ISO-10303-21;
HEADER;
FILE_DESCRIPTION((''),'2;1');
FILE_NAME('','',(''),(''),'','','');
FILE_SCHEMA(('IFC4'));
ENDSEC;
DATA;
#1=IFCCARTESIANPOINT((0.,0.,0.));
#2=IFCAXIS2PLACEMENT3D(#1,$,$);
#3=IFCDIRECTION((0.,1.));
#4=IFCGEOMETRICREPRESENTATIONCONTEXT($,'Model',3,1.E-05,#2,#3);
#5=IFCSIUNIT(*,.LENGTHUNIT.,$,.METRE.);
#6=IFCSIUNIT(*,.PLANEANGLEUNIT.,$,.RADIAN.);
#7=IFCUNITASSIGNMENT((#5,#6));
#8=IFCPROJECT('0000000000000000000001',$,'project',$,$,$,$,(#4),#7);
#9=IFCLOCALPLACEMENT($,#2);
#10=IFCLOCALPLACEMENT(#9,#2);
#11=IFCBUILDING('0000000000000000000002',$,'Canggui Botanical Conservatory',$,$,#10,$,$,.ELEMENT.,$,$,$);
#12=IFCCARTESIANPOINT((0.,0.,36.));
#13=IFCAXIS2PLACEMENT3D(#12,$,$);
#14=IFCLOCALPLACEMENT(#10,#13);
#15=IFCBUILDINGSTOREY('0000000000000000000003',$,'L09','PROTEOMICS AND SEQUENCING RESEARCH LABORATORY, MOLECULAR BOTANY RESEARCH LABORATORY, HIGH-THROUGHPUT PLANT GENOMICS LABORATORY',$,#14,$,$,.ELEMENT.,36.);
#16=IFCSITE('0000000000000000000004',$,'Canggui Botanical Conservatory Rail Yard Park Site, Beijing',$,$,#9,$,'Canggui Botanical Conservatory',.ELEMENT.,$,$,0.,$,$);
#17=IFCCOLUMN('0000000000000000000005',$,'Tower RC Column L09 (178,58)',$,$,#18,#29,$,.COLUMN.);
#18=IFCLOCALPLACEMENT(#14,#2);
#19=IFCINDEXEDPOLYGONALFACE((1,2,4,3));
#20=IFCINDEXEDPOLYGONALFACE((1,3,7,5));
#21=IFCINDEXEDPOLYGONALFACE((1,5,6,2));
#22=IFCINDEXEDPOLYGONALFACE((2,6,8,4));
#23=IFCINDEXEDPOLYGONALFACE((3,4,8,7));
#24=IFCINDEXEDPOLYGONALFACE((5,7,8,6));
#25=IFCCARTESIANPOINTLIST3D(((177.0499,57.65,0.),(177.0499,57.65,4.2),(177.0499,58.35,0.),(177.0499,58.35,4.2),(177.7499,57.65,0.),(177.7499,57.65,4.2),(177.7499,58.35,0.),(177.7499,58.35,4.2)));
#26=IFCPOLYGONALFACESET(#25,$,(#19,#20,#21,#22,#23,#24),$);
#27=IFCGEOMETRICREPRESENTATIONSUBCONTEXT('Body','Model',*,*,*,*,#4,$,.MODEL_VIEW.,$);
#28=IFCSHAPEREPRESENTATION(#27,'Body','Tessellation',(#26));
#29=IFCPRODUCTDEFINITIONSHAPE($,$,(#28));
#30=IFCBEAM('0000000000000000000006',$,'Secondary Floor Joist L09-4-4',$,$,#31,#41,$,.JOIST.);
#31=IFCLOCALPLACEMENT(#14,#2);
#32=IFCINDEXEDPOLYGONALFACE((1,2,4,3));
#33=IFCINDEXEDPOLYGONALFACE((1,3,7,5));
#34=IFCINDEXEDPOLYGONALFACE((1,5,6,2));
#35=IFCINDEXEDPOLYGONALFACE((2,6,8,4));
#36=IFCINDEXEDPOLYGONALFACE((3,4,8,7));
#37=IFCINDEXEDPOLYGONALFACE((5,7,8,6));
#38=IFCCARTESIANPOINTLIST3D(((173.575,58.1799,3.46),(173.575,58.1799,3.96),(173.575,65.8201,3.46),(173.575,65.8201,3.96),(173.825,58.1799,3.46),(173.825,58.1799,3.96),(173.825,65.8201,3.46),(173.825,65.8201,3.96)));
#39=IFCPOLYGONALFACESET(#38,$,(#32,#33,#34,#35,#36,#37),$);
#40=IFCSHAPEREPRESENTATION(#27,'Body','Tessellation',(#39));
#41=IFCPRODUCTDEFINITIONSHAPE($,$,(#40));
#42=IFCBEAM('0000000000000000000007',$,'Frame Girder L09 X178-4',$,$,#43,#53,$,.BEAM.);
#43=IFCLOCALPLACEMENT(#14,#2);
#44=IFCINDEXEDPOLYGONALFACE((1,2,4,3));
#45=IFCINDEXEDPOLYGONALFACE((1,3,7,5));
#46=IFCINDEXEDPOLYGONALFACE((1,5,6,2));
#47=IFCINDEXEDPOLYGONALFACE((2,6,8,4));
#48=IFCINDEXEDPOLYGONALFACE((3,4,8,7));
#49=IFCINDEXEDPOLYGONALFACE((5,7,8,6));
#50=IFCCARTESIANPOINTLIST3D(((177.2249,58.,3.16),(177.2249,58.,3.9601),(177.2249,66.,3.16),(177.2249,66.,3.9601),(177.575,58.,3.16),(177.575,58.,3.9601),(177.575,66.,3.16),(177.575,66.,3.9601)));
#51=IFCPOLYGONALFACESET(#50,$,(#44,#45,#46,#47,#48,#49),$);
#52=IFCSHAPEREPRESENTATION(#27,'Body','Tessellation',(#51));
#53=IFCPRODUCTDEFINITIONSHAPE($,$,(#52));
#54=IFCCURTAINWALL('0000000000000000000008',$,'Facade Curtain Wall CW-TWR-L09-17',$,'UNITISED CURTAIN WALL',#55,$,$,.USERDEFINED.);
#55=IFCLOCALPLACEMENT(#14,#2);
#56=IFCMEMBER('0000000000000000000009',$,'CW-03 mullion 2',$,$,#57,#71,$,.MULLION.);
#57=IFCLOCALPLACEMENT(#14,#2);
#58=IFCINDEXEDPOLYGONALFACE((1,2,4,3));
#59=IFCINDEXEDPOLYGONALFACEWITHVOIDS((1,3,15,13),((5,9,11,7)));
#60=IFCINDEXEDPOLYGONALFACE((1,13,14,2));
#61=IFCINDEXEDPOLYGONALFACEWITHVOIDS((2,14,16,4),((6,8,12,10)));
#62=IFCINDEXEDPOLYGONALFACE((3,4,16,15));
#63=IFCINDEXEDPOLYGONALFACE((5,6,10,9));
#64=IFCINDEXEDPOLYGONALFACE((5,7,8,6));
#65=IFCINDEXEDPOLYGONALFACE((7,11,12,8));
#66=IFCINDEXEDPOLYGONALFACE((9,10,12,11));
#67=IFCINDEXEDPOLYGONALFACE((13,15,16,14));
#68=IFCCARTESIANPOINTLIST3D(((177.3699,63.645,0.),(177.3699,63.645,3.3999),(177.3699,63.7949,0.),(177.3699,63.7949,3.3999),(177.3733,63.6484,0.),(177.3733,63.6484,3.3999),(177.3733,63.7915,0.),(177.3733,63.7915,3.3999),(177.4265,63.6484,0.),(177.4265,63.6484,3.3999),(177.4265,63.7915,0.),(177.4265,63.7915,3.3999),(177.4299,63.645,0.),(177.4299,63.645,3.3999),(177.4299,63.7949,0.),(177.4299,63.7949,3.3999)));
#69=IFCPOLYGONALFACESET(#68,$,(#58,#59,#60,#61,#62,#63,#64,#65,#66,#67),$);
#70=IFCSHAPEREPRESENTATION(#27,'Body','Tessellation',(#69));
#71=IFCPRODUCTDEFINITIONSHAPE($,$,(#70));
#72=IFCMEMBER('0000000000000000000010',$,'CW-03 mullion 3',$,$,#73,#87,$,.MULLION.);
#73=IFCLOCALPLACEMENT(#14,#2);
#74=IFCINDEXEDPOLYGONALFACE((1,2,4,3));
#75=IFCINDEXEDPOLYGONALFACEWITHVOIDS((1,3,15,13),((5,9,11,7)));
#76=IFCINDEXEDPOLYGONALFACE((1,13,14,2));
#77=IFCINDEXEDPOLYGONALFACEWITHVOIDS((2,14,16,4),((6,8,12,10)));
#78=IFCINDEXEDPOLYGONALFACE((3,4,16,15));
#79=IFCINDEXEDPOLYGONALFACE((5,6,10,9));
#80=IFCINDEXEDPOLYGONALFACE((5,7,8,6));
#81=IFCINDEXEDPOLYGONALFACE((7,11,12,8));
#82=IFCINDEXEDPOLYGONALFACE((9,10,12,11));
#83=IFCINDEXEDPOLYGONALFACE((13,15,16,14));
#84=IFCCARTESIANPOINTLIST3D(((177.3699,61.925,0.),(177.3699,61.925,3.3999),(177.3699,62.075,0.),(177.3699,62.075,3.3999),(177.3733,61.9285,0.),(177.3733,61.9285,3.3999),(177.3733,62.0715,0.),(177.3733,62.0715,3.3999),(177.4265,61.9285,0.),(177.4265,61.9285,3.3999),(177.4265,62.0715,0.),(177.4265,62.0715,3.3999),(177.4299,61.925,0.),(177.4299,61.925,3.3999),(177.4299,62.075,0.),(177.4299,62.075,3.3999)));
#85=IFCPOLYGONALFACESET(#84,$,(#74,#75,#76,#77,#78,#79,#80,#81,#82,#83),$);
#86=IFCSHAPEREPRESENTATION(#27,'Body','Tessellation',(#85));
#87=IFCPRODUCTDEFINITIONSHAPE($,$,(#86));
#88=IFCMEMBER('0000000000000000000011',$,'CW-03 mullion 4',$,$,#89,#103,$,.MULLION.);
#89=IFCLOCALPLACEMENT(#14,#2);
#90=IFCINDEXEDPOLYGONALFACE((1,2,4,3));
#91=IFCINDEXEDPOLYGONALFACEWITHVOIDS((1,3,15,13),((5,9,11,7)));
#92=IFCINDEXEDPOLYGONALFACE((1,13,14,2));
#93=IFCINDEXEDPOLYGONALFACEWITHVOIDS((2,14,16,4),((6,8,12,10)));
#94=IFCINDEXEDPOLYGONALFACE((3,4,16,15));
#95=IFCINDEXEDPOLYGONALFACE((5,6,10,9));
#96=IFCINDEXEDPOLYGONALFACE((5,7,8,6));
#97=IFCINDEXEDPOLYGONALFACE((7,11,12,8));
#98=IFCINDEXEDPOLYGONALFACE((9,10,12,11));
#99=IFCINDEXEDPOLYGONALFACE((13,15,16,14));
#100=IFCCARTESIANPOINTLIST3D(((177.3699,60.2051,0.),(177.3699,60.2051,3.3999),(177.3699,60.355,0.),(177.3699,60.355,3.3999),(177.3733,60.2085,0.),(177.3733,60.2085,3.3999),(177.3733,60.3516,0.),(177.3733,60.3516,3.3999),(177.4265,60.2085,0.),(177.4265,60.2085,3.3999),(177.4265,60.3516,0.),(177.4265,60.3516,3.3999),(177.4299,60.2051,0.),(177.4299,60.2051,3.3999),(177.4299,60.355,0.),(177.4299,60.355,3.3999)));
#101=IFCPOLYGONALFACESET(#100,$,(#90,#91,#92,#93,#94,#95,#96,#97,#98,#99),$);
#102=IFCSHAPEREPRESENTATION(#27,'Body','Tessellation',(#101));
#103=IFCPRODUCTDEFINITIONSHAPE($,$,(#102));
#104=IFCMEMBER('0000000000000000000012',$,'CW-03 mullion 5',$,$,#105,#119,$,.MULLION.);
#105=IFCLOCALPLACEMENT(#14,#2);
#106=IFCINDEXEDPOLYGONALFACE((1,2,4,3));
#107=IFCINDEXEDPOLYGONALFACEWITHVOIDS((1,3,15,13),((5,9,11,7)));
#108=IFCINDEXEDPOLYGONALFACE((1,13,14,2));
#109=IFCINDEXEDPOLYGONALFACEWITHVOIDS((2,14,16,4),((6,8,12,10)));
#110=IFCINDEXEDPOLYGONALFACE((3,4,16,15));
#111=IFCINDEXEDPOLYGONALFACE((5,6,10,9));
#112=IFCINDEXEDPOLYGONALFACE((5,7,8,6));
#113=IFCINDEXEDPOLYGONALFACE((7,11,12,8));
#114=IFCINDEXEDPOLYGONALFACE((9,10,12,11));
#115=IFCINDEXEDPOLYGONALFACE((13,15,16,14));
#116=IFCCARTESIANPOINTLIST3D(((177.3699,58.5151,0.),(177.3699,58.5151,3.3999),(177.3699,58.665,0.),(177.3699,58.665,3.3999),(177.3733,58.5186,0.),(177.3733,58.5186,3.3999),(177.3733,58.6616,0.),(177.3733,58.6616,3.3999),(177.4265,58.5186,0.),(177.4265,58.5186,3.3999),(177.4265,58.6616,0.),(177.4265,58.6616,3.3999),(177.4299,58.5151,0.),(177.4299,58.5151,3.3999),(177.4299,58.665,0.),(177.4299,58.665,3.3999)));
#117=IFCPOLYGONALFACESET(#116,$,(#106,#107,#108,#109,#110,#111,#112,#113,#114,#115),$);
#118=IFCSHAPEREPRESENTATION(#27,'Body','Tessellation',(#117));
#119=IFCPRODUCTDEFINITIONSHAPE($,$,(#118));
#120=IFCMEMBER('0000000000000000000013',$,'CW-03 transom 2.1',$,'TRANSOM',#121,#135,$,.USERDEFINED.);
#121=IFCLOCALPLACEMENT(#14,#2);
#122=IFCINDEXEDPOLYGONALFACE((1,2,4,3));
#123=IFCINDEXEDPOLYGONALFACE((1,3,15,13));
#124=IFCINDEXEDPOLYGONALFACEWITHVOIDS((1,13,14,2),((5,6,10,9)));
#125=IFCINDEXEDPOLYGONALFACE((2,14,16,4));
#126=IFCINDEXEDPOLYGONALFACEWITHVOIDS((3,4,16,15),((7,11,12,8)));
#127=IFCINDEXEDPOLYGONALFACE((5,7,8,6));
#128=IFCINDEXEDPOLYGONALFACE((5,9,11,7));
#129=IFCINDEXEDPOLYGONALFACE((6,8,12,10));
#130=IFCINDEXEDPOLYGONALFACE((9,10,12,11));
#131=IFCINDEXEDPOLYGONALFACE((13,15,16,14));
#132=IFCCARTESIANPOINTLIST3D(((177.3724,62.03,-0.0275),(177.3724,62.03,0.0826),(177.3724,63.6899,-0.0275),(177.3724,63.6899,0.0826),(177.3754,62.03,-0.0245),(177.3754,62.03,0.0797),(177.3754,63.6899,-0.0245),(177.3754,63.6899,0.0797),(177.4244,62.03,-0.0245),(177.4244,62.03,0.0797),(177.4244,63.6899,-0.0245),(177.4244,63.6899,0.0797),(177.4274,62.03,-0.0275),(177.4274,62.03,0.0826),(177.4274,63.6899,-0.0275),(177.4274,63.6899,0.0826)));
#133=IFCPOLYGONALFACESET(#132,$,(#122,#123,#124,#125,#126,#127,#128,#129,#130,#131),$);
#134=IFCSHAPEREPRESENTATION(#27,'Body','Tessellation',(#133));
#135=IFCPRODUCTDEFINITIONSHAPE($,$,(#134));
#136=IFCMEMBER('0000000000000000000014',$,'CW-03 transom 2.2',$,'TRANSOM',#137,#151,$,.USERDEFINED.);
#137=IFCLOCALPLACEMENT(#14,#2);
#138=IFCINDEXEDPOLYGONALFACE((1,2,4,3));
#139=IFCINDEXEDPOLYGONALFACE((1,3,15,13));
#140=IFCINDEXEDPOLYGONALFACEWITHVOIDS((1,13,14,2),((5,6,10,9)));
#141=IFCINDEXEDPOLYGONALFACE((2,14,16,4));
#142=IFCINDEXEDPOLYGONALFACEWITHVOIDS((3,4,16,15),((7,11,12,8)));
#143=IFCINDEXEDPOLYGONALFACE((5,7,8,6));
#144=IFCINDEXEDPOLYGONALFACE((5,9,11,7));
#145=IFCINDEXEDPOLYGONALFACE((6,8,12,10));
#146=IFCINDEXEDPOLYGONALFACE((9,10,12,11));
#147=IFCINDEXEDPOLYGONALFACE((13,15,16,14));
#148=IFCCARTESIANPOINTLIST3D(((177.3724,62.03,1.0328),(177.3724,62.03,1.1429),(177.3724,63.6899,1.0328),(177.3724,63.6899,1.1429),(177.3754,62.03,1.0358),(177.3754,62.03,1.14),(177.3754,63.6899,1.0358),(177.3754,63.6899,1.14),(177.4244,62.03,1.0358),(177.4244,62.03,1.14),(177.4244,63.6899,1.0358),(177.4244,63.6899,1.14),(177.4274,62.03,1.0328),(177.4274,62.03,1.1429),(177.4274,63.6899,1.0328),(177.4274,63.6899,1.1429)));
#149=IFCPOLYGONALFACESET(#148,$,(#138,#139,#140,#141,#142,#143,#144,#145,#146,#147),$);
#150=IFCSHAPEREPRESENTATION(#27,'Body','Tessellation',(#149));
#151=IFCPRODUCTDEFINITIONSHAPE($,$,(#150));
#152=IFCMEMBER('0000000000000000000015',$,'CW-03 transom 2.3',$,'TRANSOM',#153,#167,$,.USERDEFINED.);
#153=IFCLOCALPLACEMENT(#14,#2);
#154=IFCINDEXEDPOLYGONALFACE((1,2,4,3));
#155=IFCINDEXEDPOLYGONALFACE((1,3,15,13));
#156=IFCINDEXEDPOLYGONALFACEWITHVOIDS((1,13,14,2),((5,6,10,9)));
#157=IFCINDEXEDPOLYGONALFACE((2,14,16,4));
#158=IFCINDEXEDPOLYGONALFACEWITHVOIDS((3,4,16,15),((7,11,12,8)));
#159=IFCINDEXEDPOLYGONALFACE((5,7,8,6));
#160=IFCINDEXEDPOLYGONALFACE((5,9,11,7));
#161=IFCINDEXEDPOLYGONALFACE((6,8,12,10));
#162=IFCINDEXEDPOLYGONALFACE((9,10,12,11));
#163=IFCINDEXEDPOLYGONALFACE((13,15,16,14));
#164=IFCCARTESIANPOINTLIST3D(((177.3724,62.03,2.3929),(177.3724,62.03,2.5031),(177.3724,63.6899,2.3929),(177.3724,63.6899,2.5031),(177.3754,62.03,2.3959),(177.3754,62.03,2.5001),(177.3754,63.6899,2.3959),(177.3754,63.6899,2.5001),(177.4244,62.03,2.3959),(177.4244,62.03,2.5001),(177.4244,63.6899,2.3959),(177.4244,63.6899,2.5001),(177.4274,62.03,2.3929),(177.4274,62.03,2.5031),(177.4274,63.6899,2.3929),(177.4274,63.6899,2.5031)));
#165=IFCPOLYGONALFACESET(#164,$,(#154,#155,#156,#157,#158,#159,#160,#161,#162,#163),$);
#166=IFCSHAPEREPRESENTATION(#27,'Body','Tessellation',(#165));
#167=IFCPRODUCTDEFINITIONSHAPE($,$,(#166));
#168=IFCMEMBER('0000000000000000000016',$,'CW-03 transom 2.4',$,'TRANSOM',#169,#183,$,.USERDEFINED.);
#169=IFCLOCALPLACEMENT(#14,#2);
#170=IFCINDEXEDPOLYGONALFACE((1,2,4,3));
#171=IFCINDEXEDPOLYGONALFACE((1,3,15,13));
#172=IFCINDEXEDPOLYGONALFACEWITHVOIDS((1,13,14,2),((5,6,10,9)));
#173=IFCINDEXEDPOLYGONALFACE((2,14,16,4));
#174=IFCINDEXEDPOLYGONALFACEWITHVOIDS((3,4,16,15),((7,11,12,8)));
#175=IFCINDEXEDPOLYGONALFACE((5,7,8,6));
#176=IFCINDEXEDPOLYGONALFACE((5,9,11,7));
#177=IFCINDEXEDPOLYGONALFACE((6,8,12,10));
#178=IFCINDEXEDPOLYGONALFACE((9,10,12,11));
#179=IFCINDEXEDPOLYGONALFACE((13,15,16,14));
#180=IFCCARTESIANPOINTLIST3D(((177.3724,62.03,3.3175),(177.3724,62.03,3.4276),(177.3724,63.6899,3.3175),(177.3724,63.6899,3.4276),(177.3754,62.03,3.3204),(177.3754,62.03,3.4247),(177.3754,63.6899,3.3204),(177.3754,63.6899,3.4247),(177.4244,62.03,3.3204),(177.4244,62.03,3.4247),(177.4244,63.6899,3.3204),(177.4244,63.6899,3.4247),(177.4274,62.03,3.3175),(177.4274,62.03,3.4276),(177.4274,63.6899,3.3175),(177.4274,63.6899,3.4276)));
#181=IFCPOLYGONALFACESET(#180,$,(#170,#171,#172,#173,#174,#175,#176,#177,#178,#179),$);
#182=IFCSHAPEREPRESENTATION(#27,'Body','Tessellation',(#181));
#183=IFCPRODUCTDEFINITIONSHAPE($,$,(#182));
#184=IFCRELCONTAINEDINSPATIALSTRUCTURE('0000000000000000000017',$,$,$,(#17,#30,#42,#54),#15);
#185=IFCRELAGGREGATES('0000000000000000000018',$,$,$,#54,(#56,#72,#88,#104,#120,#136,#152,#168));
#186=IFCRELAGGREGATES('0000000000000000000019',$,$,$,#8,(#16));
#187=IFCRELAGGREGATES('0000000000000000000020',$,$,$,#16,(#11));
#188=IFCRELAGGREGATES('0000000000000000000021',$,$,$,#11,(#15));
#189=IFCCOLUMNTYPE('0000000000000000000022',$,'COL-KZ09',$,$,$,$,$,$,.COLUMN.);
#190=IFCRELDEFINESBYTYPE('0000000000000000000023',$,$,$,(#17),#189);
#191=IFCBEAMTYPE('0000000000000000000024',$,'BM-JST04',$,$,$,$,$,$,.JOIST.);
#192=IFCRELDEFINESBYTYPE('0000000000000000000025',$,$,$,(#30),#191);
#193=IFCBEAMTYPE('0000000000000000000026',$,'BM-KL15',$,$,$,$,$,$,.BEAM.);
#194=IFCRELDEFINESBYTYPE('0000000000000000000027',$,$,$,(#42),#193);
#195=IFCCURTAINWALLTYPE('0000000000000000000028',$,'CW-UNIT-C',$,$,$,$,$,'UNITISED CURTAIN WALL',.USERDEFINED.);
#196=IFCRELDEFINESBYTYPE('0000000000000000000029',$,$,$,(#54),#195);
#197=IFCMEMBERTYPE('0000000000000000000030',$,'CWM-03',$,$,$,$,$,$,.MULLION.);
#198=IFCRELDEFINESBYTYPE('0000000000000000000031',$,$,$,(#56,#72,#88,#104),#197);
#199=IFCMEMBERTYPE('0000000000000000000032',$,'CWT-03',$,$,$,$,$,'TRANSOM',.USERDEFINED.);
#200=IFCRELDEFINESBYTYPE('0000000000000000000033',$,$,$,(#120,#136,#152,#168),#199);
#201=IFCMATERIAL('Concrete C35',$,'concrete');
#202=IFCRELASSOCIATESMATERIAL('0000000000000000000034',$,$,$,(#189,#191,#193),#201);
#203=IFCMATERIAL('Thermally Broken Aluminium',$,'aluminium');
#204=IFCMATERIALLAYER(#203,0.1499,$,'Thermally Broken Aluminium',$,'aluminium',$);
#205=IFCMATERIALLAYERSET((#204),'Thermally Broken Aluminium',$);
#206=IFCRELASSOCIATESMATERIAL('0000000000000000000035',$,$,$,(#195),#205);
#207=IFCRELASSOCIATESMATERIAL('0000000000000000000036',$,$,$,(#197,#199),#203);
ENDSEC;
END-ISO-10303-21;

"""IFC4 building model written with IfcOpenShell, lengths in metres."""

from ifc_helpers import new_model, si_unit, direction, frame, origin, origin_2d, place, context, subcontext, project, spatial, rectangle, hollow_rectangle, extrude, material, layer, layer_set, material_profile, profile_set, type_object, element, aggregate, save


model = new_model("IFC4")

# Units and contexts
model_context = context("Model", 3, precision=1e-05, world=origin(), true_north=direction((0.0, 1.0)))
body_context = subcontext(model_context, "Body", "Model", "MODEL_VIEW")
ifc_project = project(units=[si_unit("LENGTHUNIT", "METRE"), si_unit("PLANEANGLEUNIT", "RADIAN")], contexts=[model_context])

# Site, building, storey
site_placement = place(None, origin())
site = spatial("IfcSite", under=ifc_project, at=site_placement, Name="Canggui Botanical Conservatory Rail Yard Park Site, Beijing", LongName="Canggui Botanical Conservatory", CompositionType="ELEMENT", RefElevation=0.0)
building_placement = place(site_placement, origin())
building = spatial("IfcBuilding", under=site, at=building_placement, Name="Canggui Botanical Conservatory", CompositionType="ELEMENT")
storey_placement = place(building_placement, frame((0.0, 0.0, 36.0)))
storey = spatial("IfcBuildingStorey", under=building, at=storey_placement, Name="L09", Description="PROTEOMICS AND SEQUENCING RESEARCH LABORATORY, MOLECULAR BOTANY RESEARCH LABORATORY, HIGH-THROUGHPUT PLANT GENOMICS LABORATORY", CompositionType="ELEMENT", Elevation=36.0)

# Column
ifc_material_1 = material(Name="Concrete C35", Category="concrete")
ifc_material_profile_1 = material_profile(ifc_material_1, rectangle(XDim=0.7, YDim=0.7, at=origin_2d()), Name="RC 700x700")
ifc_profile_set_1 = profile_set([ifc_material_profile_1], Name="Concrete C35")
column_type = type_object("IfcColumnType", Name="COL-KZ09", PredefinedType="COLUMN", material=ifc_profile_set_1)
column_placement = place(storey_placement, frame((177.3999, 58.0, 0.0), z_axis=(0.0, 0.0, 1.0), x_axis=(1.0, 0.0, 0.0)))
element("IfcColumn", 1, at=column_placement, inside=storey, type_object=column_type, Name="Tower RC Column L09 (178,58)", PredefinedType="COLUMN", context=body_context, shape_type="SweptSolid", body=[
    extrude(rectangle(XDim=0.7, YDim=0.7, at=origin_2d()), origin(), (0.0, 0.0, 1.0), 4.2),
])

# Beams
ifc_material_profile_2 = material_profile(ifc_material_1, rectangle(XDim=0.25, YDim=0.5, at=origin_2d()), Name="RB 250x500")
ifc_profile_set_2 = profile_set([ifc_material_profile_2], Name="Concrete C35")
beam_type_1 = type_object("IfcBeamType", Name="BM-JST04", PredefinedType="JOIST", material=ifc_profile_set_2)
beam_1_placement = place(storey_placement, frame((173.7, 58.1799, 3.71), z_axis=(0.0, 1.0, 0.0), x_axis=(-1.0, 0.0, 0.0)))
element("IfcBeam", 2, at=beam_1_placement, inside=storey, type_object=beam_type_1, Name="Secondary Floor Joist L09-4-4", PredefinedType="JOIST", context=body_context, shape_type="SweptSolid", body=[
    extrude(rectangle(XDim=0.25, YDim=0.5, at=origin_2d()), origin(), (0.0, 0.0, 1.0), 7.6401),
])
ifc_material_profile_3 = material_profile(ifc_material_1, rectangle(XDim=0.3501, YDim=0.8, at=origin_2d()), Name="RB 350x800")
ifc_profile_set_3 = profile_set([ifc_material_profile_3], Name="Concrete C35")
beam_type_2 = type_object("IfcBeamType", Name="BM-KL15", PredefinedType="BEAM", material=ifc_profile_set_3)
beam_2_placement = place(storey_placement, frame((177.3999, 58.0, 3.5601), z_axis=(0.0, 1.0, 0.0), x_axis=(-1.0, 0.0, 0.0)))
element("IfcBeam", 3, at=beam_2_placement, inside=storey, type_object=beam_type_2, Name="Frame Girder L09 X178-4", PredefinedType="BEAM", context=body_context, shape_type="SweptSolid", body=[
    extrude(rectangle(XDim=0.3501, YDim=0.8, at=origin_2d()), origin(), (0.0, 0.0, 1.0), 8.0),
])

# Curtain wall, members
ifc_material_2 = material(Name="Thermally Broken Aluminium", Category="aluminium")
ifc_layer_1 = layer(ifc_material_2, 0.1499, Name="Thermally Broken Aluminium", Category="aluminium")
ifc_layer_set_1 = layer_set([ifc_layer_1], Name="Thermally Broken Aluminium")
curtain_wall_type = type_object("IfcCurtainWallType", Name="CW-UNIT-C", ElementType="UNITISED CURTAIN WALL", PredefinedType="USERDEFINED", material=ifc_layer_set_1)
curtain_wall_placement = place(storey_placement, origin())
curtain_wall = element("IfcCurtainWall", 4, at=curtain_wall_placement, inside=storey, type_object=curtain_wall_type, Name="Facade Curtain Wall CW-TWR-L09-17", ObjectType="UNITISED CURTAIN WALL", PredefinedType="USERDEFINED")
ifc_material_profile_4 = material_profile(ifc_material_2, hollow_rectangle(XDim=0.0601, YDim=0.1499, WallThickness=0.0034, at=origin_2d()), Name="CWM 60x150x3.5")
ifc_profile_set_4 = profile_set([ifc_material_profile_4], Name="Thermally Broken Aluminium")
member_type_1 = type_object("IfcMemberType", Name="CWM-03", PredefinedType="MULLION", material=ifc_profile_set_4)
member_1_placement = place(storey_placement, frame((177.3999, 63.72, 0.0), z_axis=(0.0, 0.0, 1.0), x_axis=(1.0, 0.0, 0.0)))
member_1 = element("IfcMember", 5, at=member_1_placement, type_object=member_type_1, Name="CW-03 mullion 2", PredefinedType="MULLION", context=body_context, shape_type="SweptSolid", body=[
    extrude(hollow_rectangle(XDim=0.0601, YDim=0.1499, WallThickness=0.0034, at=origin_2d()), origin(), (0.0, 0.0, 1.0), 3.3999),
])
member_2_placement = place(storey_placement, frame((177.3999, 62.0, 0.0), z_axis=(0.0, 0.0, 1.0), x_axis=(1.0, 0.0, 0.0)))
member_2 = element("IfcMember", 6, at=member_2_placement, type_object=member_type_1, Name="CW-03 mullion 3", PredefinedType="MULLION", context=body_context, shape_type="SweptSolid", body=[
    extrude(hollow_rectangle(XDim=0.0601, YDim=0.1499, WallThickness=0.0034, at=origin_2d()), origin(), (0.0, 0.0, 1.0), 3.3999),
])
member_3_placement = place(storey_placement, frame((177.3999, 60.28, 0.0), z_axis=(0.0, 0.0, 1.0), x_axis=(1.0, 0.0, 0.0)))
member_3 = element("IfcMember", 7, at=member_3_placement, type_object=member_type_1, Name="CW-03 mullion 4", PredefinedType="MULLION", context=body_context, shape_type="SweptSolid", body=[
    extrude(hollow_rectangle(XDim=0.0601, YDim=0.1499, WallThickness=0.0034, at=origin_2d()), origin(), (0.0, 0.0, 1.0), 3.3999),
])
member_4_placement = place(storey_placement, frame((177.3999, 58.5901, 0.0), z_axis=(0.0, 0.0, 1.0), x_axis=(1.0, 0.0, 0.0)))
member_4 = element("IfcMember", 8, at=member_4_placement, type_object=member_type_1, Name="CW-03 mullion 5", PredefinedType="MULLION", context=body_context, shape_type="SweptSolid", body=[
    extrude(hollow_rectangle(XDim=0.0601, YDim=0.1499, WallThickness=0.0034, at=origin_2d()), origin(), (0.0, 0.0, 1.0), 3.3999),
])
ifc_material_profile_5 = material_profile(ifc_material_2, hollow_rectangle(XDim=0.0549, YDim=0.1101, WallThickness=0.0029, at=origin_2d()), Name="CWT 55x110x3")
ifc_profile_set_5 = profile_set([ifc_material_profile_5], Name="Thermally Broken Aluminium")
member_type_2 = type_object("IfcMemberType", Name="CWT-03", ElementType="TRANSOM", PredefinedType="USERDEFINED", material=ifc_profile_set_5)
member_5_placement = place(storey_placement, frame((177.3999, 63.6899, 0.0276), z_axis=(0.0, -1.0, 0.0), x_axis=(1.0, 0.0, 0.0)))
member_5 = element("IfcMember", 9, at=member_5_placement, type_object=member_type_2, Name="CW-03 transom 2.1", ObjectType="TRANSOM", PredefinedType="USERDEFINED", context=body_context, shape_type="SweptSolid", body=[
    extrude(hollow_rectangle(XDim=0.0549, YDim=0.1101, WallThickness=0.0029, at=origin_2d()), origin(), (0.0, 0.0, 1.0), 1.6599),
])
member_6_placement = place(storey_placement, frame((177.3999, 63.6899, 1.0879), z_axis=(0.0, -1.0, 0.0), x_axis=(1.0, 0.0, 0.0)))
member_6 = element("IfcMember", 10, at=member_6_placement, type_object=member_type_2, Name="CW-03 transom 2.2", ObjectType="TRANSOM", PredefinedType="USERDEFINED", context=body_context, shape_type="SweptSolid", body=[
    extrude(hollow_rectangle(XDim=0.0549, YDim=0.1101, WallThickness=0.0029, at=origin_2d()), origin(), (0.0, 0.0, 1.0), 1.6599),
])
member_7_placement = place(storey_placement, frame((177.3999, 63.6899, 2.448), z_axis=(0.0, -1.0, 0.0), x_axis=(1.0, 0.0, 0.0)))
member_7 = element("IfcMember", 11, at=member_7_placement, type_object=member_type_2, Name="CW-03 transom 2.3", ObjectType="TRANSOM", PredefinedType="USERDEFINED", context=body_context, shape_type="SweptSolid", body=[
    extrude(hollow_rectangle(XDim=0.0549, YDim=0.1101, WallThickness=0.0029, at=origin_2d()), origin(), (0.0, 0.0, 1.0), 1.6599),
])
member_8_placement = place(storey_placement, frame((177.3999, 63.6899, 3.3726), z_axis=(0.0, -1.0, 0.0), x_axis=(1.0, 0.0, 0.0)))
member_8 = element("IfcMember", 12, at=member_8_placement, type_object=member_type_2, Name="CW-03 transom 2.4", ObjectType="TRANSOM", PredefinedType="USERDEFINED", context=body_context, shape_type="SweptSolid", body=[
    extrude(hollow_rectangle(XDim=0.0549, YDim=0.1101, WallThickness=0.0029, at=origin_2d()), origin(), (0.0, 0.0, 1.0), 1.6599),
])
aggregate(curtain_wall, [member_1, member_2, member_3, member_4, member_5, member_6, member_7, member_8])

save(model, "model.ifc")
